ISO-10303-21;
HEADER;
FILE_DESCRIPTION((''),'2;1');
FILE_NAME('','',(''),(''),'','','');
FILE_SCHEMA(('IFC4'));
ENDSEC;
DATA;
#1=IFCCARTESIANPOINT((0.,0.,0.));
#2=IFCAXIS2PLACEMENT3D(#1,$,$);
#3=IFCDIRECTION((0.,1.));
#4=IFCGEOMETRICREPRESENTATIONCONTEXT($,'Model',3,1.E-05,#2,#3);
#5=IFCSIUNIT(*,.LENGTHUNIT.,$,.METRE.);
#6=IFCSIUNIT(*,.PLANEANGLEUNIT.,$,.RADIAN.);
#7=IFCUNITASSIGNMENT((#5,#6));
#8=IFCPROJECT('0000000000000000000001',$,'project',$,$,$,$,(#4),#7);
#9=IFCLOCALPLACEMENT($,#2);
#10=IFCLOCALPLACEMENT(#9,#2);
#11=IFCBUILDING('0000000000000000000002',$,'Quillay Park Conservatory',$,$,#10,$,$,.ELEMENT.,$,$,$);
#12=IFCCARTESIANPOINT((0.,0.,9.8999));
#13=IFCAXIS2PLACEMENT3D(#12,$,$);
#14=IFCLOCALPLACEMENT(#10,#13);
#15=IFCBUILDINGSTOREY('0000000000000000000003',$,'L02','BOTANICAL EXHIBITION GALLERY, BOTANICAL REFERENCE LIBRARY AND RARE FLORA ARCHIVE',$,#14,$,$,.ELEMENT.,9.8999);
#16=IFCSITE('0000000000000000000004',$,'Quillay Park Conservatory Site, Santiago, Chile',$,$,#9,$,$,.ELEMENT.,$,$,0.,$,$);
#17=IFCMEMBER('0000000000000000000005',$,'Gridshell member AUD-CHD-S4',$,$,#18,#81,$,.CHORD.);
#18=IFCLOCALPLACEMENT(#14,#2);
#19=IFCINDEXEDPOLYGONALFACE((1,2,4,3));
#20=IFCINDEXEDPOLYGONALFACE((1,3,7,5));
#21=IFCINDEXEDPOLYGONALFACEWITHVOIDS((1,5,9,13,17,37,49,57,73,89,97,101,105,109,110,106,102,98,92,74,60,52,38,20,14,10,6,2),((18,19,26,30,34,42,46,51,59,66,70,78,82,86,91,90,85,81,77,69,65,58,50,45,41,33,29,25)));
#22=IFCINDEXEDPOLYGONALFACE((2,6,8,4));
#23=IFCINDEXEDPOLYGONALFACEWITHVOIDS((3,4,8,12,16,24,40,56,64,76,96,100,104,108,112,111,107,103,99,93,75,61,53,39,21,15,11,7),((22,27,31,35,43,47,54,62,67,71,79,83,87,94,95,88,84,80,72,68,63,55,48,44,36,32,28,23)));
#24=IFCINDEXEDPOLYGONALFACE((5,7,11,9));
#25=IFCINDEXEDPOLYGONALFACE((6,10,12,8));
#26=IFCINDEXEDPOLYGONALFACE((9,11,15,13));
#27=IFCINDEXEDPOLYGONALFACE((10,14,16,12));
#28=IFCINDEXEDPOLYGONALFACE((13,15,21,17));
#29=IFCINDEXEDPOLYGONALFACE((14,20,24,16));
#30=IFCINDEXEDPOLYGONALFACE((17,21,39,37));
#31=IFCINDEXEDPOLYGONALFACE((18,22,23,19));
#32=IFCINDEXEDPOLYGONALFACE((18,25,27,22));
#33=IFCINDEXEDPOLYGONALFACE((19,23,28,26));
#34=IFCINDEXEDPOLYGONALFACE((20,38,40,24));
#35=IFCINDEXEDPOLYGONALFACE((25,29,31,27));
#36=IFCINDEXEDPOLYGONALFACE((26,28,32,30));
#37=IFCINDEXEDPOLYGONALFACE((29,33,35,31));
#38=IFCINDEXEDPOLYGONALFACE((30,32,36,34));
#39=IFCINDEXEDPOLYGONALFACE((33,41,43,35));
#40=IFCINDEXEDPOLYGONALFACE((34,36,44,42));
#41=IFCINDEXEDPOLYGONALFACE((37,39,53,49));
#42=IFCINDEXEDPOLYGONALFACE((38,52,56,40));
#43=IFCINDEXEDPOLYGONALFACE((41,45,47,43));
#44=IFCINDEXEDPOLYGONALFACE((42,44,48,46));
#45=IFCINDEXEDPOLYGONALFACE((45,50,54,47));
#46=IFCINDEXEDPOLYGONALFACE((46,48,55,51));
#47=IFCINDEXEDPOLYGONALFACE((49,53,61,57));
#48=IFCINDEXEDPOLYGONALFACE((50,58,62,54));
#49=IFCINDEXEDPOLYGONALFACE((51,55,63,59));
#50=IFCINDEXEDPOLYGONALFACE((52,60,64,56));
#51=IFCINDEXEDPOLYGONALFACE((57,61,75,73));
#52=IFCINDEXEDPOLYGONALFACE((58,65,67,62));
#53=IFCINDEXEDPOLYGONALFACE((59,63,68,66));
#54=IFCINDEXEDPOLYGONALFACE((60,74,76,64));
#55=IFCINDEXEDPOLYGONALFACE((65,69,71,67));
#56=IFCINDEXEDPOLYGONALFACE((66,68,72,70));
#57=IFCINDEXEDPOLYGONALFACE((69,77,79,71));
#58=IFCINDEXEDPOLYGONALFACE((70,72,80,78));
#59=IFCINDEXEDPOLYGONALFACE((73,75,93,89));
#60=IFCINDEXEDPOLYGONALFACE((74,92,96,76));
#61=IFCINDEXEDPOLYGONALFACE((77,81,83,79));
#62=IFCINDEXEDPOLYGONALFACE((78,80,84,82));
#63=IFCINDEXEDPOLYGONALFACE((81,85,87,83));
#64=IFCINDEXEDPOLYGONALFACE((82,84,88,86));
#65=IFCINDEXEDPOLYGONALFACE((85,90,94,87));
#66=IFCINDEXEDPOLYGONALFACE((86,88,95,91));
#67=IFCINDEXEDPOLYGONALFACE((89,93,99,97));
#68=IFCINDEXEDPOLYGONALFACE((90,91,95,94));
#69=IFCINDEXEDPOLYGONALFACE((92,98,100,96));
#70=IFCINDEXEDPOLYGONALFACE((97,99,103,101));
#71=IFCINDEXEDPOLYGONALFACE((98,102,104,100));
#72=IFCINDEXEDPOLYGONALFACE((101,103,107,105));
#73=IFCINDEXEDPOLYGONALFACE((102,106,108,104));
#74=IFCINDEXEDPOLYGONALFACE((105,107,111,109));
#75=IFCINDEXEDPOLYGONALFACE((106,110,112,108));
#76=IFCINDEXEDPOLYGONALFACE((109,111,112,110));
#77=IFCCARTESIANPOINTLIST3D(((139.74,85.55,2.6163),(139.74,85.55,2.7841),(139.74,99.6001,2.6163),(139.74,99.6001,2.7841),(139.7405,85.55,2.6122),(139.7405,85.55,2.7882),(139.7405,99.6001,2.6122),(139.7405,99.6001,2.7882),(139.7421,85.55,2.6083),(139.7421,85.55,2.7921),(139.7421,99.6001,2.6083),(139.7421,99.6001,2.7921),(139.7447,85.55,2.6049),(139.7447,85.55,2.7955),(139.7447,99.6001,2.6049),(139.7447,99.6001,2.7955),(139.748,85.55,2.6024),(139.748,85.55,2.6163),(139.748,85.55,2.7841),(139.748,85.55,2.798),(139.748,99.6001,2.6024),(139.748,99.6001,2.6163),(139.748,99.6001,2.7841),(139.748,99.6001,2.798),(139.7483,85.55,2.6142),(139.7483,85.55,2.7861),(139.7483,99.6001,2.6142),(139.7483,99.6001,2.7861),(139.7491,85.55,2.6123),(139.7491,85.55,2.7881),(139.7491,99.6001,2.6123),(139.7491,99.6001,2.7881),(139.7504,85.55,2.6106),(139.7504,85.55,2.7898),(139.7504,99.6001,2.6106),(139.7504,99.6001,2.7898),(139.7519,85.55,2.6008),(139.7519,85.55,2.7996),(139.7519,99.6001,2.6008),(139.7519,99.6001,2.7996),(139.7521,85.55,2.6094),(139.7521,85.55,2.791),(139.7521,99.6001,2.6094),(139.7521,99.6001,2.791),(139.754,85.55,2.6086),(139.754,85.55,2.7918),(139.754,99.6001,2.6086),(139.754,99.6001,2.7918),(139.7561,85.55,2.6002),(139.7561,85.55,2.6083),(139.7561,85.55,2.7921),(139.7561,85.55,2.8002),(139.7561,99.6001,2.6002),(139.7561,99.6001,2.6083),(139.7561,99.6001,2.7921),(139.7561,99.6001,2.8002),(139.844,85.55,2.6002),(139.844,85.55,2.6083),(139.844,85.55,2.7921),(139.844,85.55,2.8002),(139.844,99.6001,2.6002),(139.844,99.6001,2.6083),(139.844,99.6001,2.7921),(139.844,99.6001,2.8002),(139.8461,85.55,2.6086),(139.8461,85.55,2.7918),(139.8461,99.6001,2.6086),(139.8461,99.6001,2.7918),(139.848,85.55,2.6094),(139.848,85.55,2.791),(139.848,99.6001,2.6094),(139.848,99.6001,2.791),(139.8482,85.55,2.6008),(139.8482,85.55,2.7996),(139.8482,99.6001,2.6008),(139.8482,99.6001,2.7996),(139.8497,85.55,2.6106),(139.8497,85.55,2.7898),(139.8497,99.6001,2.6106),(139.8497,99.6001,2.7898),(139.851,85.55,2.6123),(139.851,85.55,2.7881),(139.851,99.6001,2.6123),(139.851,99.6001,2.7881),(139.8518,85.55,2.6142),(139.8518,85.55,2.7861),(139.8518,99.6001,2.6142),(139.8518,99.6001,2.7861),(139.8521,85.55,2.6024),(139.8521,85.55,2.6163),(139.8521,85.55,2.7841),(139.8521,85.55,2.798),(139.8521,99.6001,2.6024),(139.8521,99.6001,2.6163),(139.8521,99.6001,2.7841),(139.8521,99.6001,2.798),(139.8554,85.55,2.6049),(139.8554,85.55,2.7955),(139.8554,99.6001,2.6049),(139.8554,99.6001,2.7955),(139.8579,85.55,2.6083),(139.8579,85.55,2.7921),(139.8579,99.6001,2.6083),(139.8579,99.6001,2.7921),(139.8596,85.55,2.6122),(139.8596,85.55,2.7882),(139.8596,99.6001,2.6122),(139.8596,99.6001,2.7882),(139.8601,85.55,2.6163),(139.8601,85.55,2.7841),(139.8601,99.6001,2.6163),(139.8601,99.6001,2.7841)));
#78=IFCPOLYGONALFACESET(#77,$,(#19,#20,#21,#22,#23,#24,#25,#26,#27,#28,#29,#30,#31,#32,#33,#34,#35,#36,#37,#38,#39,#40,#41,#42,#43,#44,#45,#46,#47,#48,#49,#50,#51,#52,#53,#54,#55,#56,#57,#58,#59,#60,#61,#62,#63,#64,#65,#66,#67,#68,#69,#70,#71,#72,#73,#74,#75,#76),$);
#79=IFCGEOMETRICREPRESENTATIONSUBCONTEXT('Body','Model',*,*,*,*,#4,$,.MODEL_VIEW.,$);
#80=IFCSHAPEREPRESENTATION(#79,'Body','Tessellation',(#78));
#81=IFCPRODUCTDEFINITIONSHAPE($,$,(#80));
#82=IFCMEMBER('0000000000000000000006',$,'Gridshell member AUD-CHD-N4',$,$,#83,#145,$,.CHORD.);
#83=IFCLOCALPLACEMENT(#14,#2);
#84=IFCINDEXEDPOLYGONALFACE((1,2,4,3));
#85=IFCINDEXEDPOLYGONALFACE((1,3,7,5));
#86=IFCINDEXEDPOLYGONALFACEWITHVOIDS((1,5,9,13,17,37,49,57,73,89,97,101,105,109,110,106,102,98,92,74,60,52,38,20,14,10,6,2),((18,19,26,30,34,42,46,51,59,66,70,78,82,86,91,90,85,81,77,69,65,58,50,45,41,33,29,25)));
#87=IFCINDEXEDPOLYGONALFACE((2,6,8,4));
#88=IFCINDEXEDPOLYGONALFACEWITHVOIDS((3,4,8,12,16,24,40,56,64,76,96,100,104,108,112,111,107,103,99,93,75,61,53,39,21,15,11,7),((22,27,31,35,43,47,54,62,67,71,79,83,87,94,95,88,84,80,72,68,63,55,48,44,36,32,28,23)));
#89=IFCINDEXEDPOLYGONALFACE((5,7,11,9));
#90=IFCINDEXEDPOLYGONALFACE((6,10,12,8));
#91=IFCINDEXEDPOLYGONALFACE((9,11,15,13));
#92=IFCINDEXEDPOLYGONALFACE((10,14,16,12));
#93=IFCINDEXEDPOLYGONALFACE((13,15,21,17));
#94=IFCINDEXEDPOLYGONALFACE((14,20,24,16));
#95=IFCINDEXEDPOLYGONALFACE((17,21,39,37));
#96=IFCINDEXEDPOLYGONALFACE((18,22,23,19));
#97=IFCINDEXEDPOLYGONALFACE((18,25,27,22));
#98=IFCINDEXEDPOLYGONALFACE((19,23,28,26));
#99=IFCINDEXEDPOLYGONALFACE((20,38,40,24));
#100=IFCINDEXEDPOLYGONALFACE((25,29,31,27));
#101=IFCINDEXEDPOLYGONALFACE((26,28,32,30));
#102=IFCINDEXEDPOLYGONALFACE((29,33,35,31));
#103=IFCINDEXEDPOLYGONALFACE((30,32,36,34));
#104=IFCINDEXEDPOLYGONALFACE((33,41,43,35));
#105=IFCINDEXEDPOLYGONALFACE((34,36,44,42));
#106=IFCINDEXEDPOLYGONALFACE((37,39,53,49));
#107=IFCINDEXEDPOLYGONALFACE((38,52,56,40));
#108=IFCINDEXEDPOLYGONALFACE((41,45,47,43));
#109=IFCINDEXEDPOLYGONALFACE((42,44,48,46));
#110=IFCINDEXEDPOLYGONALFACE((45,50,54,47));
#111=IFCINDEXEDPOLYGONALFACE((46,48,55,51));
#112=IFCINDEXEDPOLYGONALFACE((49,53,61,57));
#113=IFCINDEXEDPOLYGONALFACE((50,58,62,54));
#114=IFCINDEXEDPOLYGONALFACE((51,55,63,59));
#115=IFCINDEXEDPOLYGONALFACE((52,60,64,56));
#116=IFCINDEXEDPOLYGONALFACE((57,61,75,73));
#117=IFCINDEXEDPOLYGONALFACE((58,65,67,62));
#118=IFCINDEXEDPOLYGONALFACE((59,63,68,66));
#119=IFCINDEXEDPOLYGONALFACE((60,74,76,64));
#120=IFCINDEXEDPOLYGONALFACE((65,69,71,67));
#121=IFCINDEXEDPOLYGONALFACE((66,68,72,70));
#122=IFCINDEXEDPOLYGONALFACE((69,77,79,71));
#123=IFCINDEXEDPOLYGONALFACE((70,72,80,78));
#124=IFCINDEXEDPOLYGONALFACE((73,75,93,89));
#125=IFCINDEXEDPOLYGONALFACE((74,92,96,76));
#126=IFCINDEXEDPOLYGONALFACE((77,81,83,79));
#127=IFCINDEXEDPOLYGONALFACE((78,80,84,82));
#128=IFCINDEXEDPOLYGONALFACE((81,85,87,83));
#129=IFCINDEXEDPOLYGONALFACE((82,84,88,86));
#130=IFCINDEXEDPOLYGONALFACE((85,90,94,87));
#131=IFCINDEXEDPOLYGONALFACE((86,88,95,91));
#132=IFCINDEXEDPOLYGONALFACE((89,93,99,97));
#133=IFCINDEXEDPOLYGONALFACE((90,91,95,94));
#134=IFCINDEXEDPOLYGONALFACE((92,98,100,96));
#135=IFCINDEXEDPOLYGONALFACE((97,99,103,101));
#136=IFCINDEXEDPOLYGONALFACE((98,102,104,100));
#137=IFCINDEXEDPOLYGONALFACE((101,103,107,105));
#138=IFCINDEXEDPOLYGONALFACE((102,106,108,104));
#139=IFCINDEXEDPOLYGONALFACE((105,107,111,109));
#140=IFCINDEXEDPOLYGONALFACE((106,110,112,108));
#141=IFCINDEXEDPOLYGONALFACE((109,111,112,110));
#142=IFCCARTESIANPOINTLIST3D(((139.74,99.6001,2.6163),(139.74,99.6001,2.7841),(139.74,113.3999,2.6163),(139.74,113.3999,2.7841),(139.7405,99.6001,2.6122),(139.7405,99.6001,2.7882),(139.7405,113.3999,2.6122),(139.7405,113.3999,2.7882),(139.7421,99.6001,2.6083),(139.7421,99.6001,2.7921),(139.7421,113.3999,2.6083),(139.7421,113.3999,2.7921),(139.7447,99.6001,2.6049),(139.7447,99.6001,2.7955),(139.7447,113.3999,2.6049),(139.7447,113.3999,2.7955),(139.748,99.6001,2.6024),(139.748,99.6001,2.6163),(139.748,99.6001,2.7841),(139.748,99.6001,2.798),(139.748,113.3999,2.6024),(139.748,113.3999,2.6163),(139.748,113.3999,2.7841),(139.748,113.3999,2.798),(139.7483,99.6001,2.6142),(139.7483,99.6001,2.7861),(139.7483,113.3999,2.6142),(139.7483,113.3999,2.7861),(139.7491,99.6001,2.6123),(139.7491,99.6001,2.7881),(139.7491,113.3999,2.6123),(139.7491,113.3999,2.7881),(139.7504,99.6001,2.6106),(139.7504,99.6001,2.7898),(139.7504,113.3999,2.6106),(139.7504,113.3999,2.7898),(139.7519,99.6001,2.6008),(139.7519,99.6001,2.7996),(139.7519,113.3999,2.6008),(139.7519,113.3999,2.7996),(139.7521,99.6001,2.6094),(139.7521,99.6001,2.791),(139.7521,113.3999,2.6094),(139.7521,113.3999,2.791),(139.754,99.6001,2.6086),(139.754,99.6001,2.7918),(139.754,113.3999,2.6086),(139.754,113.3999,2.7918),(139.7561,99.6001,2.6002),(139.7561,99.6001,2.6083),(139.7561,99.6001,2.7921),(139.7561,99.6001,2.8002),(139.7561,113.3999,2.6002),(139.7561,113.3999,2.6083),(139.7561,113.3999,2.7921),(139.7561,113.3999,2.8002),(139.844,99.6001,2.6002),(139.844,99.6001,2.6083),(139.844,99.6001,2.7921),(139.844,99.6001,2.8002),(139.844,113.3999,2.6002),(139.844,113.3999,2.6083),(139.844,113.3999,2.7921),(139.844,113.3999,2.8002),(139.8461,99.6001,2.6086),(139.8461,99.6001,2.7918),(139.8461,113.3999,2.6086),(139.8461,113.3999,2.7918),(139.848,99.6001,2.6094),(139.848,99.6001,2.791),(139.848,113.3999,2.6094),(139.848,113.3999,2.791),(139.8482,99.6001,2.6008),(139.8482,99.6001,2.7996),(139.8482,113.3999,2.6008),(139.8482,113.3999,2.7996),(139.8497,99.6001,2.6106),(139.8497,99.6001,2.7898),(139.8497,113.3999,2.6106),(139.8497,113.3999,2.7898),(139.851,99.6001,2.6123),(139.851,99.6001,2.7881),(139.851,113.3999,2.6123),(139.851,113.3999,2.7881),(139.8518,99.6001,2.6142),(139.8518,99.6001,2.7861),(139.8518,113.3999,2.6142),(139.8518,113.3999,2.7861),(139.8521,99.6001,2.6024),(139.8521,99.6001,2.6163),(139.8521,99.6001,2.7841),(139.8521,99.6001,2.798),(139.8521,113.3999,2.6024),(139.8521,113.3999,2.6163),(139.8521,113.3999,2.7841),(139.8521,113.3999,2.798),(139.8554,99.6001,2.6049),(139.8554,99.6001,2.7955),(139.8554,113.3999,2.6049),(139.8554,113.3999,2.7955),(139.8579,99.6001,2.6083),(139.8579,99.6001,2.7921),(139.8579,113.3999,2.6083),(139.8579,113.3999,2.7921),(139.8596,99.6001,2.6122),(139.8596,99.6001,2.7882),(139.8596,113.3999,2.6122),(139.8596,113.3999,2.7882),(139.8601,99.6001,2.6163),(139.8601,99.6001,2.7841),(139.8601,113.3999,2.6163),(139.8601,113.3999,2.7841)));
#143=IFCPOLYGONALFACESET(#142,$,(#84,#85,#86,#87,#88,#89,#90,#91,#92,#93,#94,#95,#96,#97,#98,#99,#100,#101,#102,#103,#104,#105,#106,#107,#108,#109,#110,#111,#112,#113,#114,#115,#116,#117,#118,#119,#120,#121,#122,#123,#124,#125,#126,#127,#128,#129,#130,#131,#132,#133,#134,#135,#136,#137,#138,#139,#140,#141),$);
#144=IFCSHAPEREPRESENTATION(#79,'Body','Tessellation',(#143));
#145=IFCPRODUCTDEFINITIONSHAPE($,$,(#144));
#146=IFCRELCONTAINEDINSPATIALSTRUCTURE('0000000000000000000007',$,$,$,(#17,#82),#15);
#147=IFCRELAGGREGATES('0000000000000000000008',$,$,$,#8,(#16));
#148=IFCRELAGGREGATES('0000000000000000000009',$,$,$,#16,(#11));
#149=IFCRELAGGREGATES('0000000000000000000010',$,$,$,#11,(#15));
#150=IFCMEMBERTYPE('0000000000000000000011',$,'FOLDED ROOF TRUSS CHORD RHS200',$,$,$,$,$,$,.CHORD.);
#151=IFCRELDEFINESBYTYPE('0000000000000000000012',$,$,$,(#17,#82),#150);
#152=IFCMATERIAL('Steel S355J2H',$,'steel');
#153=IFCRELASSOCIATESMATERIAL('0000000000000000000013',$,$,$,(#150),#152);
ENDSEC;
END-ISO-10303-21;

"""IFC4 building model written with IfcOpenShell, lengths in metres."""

from ifc_helpers import new_model, si_unit, direction, frame, origin, origin_2d, place, context, subcontext, project, spatial, hollow_rectangle, extrude, material, material_profile, profile_set, type_object, element, save


model = new_model("IFC4")

# Units and contexts
model_context = context("Model", 3, precision=1e-05, world=origin(), true_north=direction((0.0, 1.0)))
body_context = subcontext(model_context, "Body", "Model", "MODEL_VIEW")
ifc_project = project(units=[si_unit("LENGTHUNIT", "METRE"), si_unit("PLANEANGLEUNIT", "RADIAN")], contexts=[model_context])

# Site, building, storey
site_placement = place(None, origin())
site = spatial("IfcSite", under=ifc_project, at=site_placement, Name="Quillay Park Conservatory Site, Santiago, Chile", CompositionType="ELEMENT", RefElevation=0.0)
building_placement = place(site_placement, origin())
building = spatial("IfcBuilding", under=site, at=building_placement, Name="Quillay Park Conservatory", CompositionType="ELEMENT")
storey_placement = place(building_placement, frame((0.0, 0.0, 9.8999)))
storey = spatial("IfcBuildingStorey", under=building, at=storey_placement, Name="L02", Description="BOTANICAL EXHIBITION GALLERY, BOTANICAL REFERENCE LIBRARY AND RARE FLORA ARCHIVE", CompositionType="ELEMENT", Elevation=9.8999)

# Members
ifc_material_1 = material(Name="Steel S355J2H", Category="steel")
ifc_material_profile_1 = material_profile(ifc_material_1, hollow_rectangle(XDim=0.1201, YDim=0.2, WallThickness=0.0081, InnerFilletRadius=0.0081, OuterFilletRadius=0.0161, at=origin_2d()), Name="RHS200x120x8")
ifc_profile_set_1 = profile_set([ifc_material_profile_1], Name="Steel S355J2H")
member_type = type_object("IfcMemberType", Name="FOLDED ROOF TRUSS CHORD RHS200", PredefinedType="CHORD", material=ifc_profile_set_1)
member_1_placement = place(storey_placement, frame((139.8, 85.55, 2.7002), z_axis=(0.0, 1.0, 0.0), x_axis=(-1.0, 0.0, 0.0)))
element("IfcMember", 1, at=member_1_placement, inside=storey, type_object=member_type, Name="Gridshell member AUD-CHD-S4", PredefinedType="CHORD", context=body_context, shape_type="SweptSolid", body=[
    extrude(hollow_rectangle(XDim=0.1201, YDim=0.2, WallThickness=0.0081, InnerFilletRadius=0.0081, OuterFilletRadius=0.0161, at=origin_2d()), origin(), (0.0, 0.0, 1.0), 14.05),
])
member_2_placement = place(storey_placement, frame((139.8, 99.6001, 2.7002), z_axis=(0.0, 1.0, 0.0), x_axis=(-1.0, 0.0, 0.0)))
element("IfcMember", 2, at=member_2_placement, inside=storey, type_object=member_type, Name="Gridshell member AUD-CHD-N4", PredefinedType="CHORD", context=body_context, shape_type="SweptSolid", body=[
    extrude(hollow_rectangle(XDim=0.1201, YDim=0.2, WallThickness=0.0081, InnerFilletRadius=0.0081, OuterFilletRadius=0.0161, at=origin_2d()), origin(), (0.0, 0.0, 1.0), 13.7998),
])

save(model, "model.ifc")
